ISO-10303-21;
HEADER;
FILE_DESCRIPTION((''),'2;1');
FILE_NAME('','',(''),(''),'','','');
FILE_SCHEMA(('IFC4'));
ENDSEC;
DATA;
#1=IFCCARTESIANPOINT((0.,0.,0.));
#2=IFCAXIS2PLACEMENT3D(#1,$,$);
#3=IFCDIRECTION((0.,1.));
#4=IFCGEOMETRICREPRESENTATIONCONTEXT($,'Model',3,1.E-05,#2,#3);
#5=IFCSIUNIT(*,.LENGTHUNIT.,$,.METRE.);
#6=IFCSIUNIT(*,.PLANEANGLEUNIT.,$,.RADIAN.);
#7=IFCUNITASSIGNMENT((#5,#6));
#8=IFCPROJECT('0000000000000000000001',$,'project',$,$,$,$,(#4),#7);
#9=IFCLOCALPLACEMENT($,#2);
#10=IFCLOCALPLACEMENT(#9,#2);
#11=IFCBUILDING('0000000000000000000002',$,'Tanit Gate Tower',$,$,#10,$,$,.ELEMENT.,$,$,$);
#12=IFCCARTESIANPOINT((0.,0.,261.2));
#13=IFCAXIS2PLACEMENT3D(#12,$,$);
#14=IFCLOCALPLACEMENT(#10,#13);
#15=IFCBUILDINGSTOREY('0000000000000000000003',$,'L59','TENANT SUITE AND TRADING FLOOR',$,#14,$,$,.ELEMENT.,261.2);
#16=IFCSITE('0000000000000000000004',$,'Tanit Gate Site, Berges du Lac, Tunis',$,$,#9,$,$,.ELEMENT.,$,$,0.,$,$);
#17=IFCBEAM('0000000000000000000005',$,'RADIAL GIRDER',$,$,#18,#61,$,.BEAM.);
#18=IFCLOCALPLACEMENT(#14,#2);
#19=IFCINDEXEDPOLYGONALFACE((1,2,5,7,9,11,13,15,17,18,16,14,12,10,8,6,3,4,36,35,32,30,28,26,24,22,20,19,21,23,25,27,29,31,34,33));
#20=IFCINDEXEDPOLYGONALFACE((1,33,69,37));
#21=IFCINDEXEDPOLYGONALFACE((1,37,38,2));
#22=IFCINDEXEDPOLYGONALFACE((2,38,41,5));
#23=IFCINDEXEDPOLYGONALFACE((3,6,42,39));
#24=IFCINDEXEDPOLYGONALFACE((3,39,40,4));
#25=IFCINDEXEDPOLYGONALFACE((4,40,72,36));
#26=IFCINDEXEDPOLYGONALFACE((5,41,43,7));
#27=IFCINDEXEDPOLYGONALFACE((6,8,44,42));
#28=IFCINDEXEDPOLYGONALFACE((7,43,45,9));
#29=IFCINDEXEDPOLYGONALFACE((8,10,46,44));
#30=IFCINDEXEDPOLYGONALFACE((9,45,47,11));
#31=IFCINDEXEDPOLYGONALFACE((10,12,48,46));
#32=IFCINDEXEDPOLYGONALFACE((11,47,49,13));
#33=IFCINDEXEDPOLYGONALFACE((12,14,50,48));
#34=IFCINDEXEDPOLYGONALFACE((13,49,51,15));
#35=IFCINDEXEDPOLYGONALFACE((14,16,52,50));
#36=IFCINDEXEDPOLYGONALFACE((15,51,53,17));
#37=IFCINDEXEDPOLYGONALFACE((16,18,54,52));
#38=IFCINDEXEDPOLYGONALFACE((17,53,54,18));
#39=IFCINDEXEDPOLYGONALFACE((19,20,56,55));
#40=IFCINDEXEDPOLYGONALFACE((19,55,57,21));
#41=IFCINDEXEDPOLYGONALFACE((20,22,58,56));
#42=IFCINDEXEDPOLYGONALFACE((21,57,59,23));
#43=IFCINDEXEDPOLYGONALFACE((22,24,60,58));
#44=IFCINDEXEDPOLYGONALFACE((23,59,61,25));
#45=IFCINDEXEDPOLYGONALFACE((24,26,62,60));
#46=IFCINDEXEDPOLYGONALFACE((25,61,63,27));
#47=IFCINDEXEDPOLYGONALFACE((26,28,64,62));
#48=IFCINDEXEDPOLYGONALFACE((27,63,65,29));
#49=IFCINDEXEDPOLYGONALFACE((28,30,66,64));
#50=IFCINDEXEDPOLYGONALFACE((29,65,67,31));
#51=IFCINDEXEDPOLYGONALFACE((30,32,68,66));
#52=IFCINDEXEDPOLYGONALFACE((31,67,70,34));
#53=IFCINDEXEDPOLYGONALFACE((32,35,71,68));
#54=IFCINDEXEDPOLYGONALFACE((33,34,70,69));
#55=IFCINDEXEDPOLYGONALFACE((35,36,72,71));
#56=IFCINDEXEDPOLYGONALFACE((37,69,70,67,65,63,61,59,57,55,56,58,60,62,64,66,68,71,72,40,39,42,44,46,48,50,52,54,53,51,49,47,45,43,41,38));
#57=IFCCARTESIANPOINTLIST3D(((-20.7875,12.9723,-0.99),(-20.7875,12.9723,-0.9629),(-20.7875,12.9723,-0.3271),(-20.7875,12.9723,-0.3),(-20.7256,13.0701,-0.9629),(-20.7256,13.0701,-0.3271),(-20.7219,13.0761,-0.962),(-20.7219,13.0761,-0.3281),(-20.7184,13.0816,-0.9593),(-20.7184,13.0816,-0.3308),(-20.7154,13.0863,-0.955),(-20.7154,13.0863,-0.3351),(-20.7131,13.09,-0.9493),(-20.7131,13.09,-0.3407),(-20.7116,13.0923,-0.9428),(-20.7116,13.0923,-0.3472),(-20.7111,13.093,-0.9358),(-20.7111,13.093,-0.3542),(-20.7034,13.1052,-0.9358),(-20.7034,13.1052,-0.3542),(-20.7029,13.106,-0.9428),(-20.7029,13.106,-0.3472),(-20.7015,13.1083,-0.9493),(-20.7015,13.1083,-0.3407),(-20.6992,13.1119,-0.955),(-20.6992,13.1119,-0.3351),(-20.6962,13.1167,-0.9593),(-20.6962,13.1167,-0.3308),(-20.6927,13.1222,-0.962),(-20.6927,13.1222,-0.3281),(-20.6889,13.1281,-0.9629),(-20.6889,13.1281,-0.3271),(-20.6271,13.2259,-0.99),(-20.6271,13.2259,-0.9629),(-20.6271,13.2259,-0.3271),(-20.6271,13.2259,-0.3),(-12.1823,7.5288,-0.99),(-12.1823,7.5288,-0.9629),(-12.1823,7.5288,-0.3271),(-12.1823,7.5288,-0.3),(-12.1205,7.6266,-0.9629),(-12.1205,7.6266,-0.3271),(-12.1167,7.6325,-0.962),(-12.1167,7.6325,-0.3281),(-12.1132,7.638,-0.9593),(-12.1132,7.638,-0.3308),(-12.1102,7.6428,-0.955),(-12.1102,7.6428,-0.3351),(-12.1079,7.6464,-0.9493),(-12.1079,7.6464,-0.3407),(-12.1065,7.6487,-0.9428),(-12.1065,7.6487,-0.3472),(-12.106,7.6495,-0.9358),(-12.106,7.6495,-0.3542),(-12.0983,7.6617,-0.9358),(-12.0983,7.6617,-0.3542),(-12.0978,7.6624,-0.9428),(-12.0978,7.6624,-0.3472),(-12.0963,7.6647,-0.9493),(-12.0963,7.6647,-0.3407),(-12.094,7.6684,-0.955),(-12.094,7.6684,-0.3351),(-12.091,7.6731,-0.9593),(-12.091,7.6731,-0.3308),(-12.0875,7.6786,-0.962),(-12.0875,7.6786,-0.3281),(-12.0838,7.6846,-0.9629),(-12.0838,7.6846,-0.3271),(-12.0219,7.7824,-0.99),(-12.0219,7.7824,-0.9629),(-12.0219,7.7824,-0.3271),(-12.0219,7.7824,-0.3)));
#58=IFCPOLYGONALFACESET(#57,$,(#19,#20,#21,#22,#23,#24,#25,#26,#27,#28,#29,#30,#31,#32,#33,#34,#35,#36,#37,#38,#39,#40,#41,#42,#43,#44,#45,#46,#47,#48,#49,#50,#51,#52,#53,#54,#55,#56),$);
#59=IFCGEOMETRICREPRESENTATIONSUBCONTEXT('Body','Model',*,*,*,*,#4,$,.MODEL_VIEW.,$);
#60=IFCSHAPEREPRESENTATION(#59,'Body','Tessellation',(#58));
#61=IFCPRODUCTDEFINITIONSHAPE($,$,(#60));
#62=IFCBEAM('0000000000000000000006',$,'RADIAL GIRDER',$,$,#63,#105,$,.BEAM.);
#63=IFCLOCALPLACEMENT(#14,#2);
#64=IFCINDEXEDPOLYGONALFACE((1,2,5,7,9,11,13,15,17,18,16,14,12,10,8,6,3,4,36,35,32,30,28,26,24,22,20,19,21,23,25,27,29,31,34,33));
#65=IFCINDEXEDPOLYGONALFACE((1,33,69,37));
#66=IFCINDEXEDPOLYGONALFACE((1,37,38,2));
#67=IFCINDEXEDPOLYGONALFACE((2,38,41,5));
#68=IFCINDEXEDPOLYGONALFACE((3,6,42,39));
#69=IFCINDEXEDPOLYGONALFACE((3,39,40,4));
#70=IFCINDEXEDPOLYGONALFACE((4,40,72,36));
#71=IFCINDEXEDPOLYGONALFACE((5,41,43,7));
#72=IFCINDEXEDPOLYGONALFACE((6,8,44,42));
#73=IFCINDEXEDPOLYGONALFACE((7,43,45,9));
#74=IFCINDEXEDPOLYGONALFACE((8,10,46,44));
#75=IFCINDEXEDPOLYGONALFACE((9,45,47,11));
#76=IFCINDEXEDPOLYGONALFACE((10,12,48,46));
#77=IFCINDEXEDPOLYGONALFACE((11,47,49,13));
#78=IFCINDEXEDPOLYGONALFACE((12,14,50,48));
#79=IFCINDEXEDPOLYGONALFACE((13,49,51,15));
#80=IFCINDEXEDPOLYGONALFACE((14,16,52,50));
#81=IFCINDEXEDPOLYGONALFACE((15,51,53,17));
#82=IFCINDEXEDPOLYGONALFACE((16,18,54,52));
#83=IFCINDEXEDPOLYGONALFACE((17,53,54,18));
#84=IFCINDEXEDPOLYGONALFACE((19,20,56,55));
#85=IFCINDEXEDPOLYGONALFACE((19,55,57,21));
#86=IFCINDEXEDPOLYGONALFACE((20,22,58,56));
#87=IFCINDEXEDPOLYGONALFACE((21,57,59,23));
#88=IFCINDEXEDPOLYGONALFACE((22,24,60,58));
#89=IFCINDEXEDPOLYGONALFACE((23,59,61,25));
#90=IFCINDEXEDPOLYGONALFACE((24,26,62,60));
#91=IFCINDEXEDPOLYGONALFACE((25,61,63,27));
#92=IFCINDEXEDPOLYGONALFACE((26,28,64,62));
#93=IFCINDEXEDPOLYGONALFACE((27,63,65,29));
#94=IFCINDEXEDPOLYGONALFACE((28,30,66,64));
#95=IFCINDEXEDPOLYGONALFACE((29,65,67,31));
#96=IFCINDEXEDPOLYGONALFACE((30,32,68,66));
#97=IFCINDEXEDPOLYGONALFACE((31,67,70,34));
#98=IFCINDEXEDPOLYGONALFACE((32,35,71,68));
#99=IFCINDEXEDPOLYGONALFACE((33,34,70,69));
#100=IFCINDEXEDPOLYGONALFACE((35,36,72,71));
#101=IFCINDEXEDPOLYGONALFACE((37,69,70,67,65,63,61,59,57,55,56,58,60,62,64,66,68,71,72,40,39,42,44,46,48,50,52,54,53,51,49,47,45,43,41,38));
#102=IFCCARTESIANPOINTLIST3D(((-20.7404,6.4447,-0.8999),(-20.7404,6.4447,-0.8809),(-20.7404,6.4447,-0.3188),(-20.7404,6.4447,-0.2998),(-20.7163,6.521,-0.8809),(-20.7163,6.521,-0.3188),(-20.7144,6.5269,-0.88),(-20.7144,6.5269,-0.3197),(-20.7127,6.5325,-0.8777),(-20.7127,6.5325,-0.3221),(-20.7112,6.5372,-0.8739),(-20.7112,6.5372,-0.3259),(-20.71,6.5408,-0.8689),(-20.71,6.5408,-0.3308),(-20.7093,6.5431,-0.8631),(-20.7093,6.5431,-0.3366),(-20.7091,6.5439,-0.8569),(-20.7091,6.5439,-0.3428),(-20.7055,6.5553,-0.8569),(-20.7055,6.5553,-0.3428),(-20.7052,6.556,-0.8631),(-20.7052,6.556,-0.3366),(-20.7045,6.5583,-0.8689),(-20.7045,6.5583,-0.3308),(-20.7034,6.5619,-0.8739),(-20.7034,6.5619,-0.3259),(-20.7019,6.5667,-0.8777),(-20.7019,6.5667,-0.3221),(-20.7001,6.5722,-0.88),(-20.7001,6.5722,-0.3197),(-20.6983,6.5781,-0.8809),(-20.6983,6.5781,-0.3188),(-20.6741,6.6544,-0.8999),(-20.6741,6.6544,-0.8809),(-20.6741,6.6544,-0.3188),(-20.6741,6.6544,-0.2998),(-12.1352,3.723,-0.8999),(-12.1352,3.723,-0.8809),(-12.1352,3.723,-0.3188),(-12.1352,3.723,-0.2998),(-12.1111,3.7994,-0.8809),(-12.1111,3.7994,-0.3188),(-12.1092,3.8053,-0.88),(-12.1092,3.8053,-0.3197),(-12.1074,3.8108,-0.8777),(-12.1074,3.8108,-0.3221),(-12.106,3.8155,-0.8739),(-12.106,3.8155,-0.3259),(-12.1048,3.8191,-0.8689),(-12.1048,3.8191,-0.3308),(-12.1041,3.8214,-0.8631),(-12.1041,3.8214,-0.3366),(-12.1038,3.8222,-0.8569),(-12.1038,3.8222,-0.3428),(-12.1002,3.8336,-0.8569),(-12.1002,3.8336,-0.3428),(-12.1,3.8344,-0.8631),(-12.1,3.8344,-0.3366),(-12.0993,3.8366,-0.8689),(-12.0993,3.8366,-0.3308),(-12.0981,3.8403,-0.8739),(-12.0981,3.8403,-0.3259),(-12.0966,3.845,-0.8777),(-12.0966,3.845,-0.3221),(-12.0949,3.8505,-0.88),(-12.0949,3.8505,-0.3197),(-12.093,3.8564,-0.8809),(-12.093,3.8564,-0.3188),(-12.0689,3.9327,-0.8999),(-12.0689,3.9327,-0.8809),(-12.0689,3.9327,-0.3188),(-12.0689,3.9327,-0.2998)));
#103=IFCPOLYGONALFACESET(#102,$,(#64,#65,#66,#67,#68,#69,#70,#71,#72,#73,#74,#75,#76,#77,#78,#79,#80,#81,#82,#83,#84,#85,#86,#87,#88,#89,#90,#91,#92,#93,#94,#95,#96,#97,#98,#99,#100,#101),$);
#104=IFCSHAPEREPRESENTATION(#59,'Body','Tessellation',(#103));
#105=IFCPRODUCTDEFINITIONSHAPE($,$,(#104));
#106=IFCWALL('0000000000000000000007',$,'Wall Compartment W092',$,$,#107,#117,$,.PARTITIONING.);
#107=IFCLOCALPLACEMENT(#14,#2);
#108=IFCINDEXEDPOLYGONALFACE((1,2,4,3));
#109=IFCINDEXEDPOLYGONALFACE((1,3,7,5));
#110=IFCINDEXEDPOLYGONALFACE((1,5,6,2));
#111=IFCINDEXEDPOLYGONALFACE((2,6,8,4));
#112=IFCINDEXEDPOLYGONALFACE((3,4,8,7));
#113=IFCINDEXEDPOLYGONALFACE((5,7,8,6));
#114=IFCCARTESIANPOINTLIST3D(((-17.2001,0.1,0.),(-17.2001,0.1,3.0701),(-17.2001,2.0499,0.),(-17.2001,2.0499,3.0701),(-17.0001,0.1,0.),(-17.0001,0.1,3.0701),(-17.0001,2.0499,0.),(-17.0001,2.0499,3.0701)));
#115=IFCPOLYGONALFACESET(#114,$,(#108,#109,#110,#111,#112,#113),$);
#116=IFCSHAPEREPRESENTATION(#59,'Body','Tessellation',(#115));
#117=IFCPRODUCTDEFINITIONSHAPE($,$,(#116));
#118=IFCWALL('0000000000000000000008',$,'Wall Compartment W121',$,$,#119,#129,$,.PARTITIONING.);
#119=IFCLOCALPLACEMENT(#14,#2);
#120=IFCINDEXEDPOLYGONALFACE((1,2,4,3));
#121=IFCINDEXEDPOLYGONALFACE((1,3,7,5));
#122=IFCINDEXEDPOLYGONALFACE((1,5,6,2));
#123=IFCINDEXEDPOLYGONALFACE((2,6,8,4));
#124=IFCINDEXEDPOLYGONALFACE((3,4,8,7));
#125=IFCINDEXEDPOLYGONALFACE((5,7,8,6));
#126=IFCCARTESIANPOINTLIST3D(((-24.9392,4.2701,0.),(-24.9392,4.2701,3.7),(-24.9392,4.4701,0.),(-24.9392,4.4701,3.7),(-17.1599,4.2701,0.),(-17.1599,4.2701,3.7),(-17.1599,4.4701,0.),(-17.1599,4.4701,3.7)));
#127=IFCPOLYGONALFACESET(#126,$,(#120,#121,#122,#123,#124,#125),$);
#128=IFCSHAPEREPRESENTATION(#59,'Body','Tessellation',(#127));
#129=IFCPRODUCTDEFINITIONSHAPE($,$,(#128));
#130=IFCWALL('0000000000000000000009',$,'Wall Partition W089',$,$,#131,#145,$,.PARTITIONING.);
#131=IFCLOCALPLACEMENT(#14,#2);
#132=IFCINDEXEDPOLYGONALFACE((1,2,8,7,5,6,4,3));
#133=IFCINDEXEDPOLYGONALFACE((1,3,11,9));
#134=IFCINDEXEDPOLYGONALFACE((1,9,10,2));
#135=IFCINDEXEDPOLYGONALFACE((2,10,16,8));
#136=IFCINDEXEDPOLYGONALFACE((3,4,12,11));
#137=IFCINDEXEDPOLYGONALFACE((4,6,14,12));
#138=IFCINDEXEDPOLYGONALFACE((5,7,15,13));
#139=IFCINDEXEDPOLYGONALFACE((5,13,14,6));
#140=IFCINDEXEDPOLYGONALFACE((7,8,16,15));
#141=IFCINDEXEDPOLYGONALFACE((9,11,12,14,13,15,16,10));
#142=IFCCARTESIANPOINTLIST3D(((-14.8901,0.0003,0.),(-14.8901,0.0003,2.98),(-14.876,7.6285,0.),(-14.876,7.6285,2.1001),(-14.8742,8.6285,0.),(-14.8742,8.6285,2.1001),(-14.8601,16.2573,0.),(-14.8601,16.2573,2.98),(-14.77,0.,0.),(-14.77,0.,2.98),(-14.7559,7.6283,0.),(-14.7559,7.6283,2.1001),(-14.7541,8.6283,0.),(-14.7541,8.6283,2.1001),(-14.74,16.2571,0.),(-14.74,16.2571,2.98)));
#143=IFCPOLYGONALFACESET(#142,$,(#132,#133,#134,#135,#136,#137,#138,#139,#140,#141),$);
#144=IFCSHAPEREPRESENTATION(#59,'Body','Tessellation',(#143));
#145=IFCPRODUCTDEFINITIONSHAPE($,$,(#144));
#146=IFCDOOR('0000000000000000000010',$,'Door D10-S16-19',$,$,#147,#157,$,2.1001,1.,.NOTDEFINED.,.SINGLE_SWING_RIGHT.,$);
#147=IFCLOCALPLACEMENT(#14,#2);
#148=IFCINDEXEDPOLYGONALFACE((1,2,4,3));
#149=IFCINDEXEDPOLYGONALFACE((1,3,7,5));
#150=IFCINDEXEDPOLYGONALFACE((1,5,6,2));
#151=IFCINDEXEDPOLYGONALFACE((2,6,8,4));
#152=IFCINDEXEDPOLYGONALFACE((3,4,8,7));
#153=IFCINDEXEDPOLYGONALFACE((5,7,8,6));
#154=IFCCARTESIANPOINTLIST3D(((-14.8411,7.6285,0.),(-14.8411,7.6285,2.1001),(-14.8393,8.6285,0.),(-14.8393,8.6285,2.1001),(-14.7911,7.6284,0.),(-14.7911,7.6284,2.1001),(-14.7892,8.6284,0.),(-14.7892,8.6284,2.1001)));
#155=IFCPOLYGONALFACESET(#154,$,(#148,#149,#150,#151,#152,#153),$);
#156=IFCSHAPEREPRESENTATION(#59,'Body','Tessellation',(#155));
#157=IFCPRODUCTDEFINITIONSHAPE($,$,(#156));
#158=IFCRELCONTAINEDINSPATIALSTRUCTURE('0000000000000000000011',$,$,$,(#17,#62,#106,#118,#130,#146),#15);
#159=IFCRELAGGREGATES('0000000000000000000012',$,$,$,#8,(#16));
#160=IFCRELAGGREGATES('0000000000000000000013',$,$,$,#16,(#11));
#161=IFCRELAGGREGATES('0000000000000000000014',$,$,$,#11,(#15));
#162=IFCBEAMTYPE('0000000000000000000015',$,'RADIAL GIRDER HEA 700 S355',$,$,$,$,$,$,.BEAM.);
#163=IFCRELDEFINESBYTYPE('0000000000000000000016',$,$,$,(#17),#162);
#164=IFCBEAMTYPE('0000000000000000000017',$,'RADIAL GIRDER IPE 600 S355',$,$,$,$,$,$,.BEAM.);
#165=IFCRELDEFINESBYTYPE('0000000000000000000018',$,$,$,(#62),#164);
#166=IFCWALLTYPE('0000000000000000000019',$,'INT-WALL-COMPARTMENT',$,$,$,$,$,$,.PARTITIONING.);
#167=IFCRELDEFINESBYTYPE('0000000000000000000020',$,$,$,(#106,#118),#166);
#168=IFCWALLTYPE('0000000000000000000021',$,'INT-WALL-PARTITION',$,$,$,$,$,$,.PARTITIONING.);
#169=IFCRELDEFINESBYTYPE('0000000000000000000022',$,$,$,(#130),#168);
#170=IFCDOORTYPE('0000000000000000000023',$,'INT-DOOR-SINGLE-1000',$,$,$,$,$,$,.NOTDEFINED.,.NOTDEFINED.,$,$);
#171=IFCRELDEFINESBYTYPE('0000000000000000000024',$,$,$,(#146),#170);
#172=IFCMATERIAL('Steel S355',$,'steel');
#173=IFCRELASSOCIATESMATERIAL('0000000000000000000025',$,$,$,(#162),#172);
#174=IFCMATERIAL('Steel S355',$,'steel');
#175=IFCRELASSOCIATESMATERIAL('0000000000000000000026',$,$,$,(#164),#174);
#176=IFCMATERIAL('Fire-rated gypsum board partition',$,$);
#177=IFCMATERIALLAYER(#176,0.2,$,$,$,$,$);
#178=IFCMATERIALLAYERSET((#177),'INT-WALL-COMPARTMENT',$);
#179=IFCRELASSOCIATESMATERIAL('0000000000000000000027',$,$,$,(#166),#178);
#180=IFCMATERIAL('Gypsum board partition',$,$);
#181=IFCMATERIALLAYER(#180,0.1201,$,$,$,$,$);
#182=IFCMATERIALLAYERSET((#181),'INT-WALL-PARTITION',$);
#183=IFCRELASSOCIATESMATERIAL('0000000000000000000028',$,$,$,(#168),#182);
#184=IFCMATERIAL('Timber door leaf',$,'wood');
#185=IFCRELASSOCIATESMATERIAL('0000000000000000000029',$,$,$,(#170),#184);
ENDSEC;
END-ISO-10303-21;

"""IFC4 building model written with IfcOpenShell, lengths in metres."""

from ifc_helpers import new_model, si_unit, direction, frame, frame_2d, origin, origin_2d, place, context, subcontext, project, spatial, rectangle, i_section, extrude, material, layer, layer_set, material_profile, profile_set, type_object, element, fill, save


model = new_model("IFC4")

# Units and contexts
model_context = context("Model", 3, precision=1e-05, world=origin(), true_north=direction((0.0, 1.0)))
body_context = subcontext(model_context, "Body", "Model", "MODEL_VIEW")
ifc_project = project(units=[si_unit("LENGTHUNIT", "METRE"), si_unit("PLANEANGLEUNIT", "RADIAN")], contexts=[model_context])

# Site, building, storey
site_placement = place(None, origin())
site = spatial("IfcSite", under=ifc_project, at=site_placement, Name="Tanit Gate Site, Berges du Lac, Tunis", CompositionType="ELEMENT", RefElevation=0.0)
building_placement = place(site_placement, origin())
building = spatial("IfcBuilding", under=site, at=building_placement, Name="Tanit Gate Tower", CompositionType="ELEMENT")
storey_placement = place(building_placement, frame((0.0, 0.0, 261.2)))
storey = spatial("IfcBuildingStorey", under=building, at=storey_placement, Name="L59", Description="TENANT SUITE AND TRADING FLOOR", CompositionType="ELEMENT", Elevation=261.2)

# Beams
ifc_material_1 = material(Name="Steel S355", Category="steel")
ifc_material_profile_1 = material_profile(ifc_material_1, i_section(OverallWidth=0.3, OverallDepth=0.6899, WebThickness=0.0144, FlangeThickness=0.0271, FilletRadius=0.0271, at=origin_2d()), Name="HEA 700")
ifc_profile_set_1 = profile_set([ifc_material_profile_1], Name="Steel S355")
beam_type_1 = type_object("IfcBeamType", Name="RADIAL GIRDER HEA 700 S355", PredefinedType="BEAM", material=ifc_profile_set_1)
beam_1_placement = place(storey_placement, frame((-20.7073, 13.0991, -0.645), z_axis=(0.845102, -0.534605, 0.0), x_axis=(0.534605, 0.845102, 0.0)))
element("IfcBeam", 1, at=beam_1_placement, inside=storey, type_object=beam_type_1, Name="RADIAL GIRDER", PredefinedType="BEAM", context=body_context, shape_type="SweptSolid", body=[
    extrude(i_section(OverallWidth=0.3, OverallDepth=0.6899, WebThickness=0.0144, FlangeThickness=0.0271, FilletRadius=0.0271, at=origin_2d()), origin(), (0.0, 0.0, 1.0), 10.1824),
])
ifc_material_2 = material(Name="Steel S355", Category="steel")
ifc_material_profile_2 = material_profile(ifc_material_2, i_section(OverallWidth=0.22, OverallDepth=0.6001, WebThickness=0.012, FlangeThickness=0.019, FilletRadius=0.0239, at=origin_2d()), Name="IPE 600")
ifc_profile_set_2 = profile_set([ifc_material_profile_2], Name="Steel S355")
beam_type_2 = type_object("IfcBeamType", Name="RADIAL GIRDER IPE 600 S355", PredefinedType="BEAM", material=ifc_profile_set_2)
beam_2_placement = place(storey_placement, frame((-20.7073, 6.5496, -0.5999), z_axis=(0.953448, -0.301559, 0.0), x_axis=(0.301559, 0.953448, 0.0)))
element("IfcBeam", 2, at=beam_2_placement, inside=storey, type_object=beam_type_2, Name="RADIAL GIRDER", PredefinedType="BEAM", context=body_context, shape_type="SweptSolid", body=[
    extrude(i_section(OverallWidth=0.22, OverallDepth=0.6001, WebThickness=0.012, FlangeThickness=0.019, FilletRadius=0.0239, at=origin_2d()), origin(), (0.0, 0.0, 1.0), 9.0254),
])

# Walls
ifc_material_3 = material(Name="Fire-rated gypsum board partition")
ifc_layer_1 = layer(ifc_material_3, 0.2)
ifc_layer_set_1 = layer_set([ifc_layer_1], Name="INT-WALL-COMPARTMENT")
wall_type_1 = type_object("IfcWallType", Name="INT-WALL-COMPARTMENT", PredefinedType="PARTITIONING", material=ifc_layer_set_1)
wall_1_placement = place(storey_placement, frame((-17.1001, 2.05, 0.0), z_axis=(0.0, 0.0, 1.0), x_axis=(0.0, -1.0, 0.0)))
element("IfcWall", 3, at=wall_1_placement, inside=storey, type_object=wall_type_1, Name="Wall Compartment W092", PredefinedType="PARTITIONING", context=body_context, shape_type="SweptSolid", body=[
    extrude(rectangle(XDim=1.95, YDim=0.2, at=frame_2d((0.9751, 0.0))), origin(), (0.0, 0.0, 1.0), 3.0701),
])
wall_2_placement = place(storey_placement, frame((-17.1599, 4.3701, 0.0), z_axis=(0.0, 0.0, 1.0), x_axis=(-1.0, 0.0, 0.0)))
element("IfcWall", 4, at=wall_2_placement, inside=storey, type_object=wall_type_1, Name="Wall Compartment W121", PredefinedType="PARTITIONING", context=body_context, shape_type="SweptSolid", body=[
    extrude(rectangle(XDim=7.7793, YDim=0.2, at=frame_2d((3.8896, 0.0))), origin(), (0.0, 0.0, 1.0), 3.7),
])

# Wall, opening, door
ifc_material_4 = material(Name="Gypsum board partition")
ifc_layer_2 = layer(ifc_material_4, 0.1201)
ifc_layer_set_2 = layer_set([ifc_layer_2], Name="INT-WALL-PARTITION")
wall_type_2 = type_object("IfcWallType", Name="INT-WALL-PARTITION", PredefinedType="PARTITIONING", material=ifc_layer_set_2)
wall_3_placement = place(storey_placement, frame((-14.8, 16.2571, 0.0), z_axis=(0.0, 0.0, 1.0), x_axis=(-0.001847, -0.999998, 0.0)))
wall_3 = element("IfcWall", 5, at=wall_3_placement, inside=storey, type_object=wall_type_2, Name="Wall Partition W089", PredefinedType="PARTITIONING", context=body_context, shape_type="SweptSolid", body=[
    extrude(rectangle(XDim=16.2571, YDim=0.1201, at=frame_2d((8.1284, 0.0))), origin(), (0.0, 0.0, 1.0), 2.98),
])
opening_1_placement = place(wall_3_placement, frame((7.6287, 0.0, 0.0)))
opening_1 = element("IfcOpeningElement", 6, at=opening_1_placement, cuts=wall_3, PredefinedType="OPENING", context=body_context, shape_type="SweptSolid", body=[
    extrude(rectangle(XDim=1.0, YDim=2.1001, at=frame_2d((0.5, 1.05))), frame((0.0, 0.0701, 0.0), z_axis=(0.0, -1.0, 0.0), x_axis=(1.0, 0.0, 0.0)), (0.0, 0.0, 1.0), 0.1401),
])
ifc_material_5 = material(Name="Timber door leaf", Category="wood")
door_type_1 = type_object("IfcDoorType", Name="INT-DOOR-SINGLE-1000", OperationType="NOTDEFINED", PredefinedType="NOTDEFINED", material=ifc_material_5)
door_1_placement = place(opening_1_placement, origin())
door_1 = element("IfcDoor", 7, at=door_1_placement, inside=storey, type_object=door_type_1, Name="Door D10-S16-19", OperationType="SINGLE_SWING_RIGHT", OverallHeight=2.1001, OverallWidth=1.0, PredefinedType="NOTDEFINED", context=body_context, shape_type="SweptSolid", body=[
    extrude(rectangle(XDim=1.0, YDim=2.1001, at=frame_2d((0.5, 1.05))), frame((0.0, 0.0249, 0.0), z_axis=(0.0, -1.0, 0.0), x_axis=(1.0, 0.0, 0.0)), (0.0, 0.0, 1.0), 0.05),
])
fill(opening_1, door_1)

save(model, "model.ifc")
